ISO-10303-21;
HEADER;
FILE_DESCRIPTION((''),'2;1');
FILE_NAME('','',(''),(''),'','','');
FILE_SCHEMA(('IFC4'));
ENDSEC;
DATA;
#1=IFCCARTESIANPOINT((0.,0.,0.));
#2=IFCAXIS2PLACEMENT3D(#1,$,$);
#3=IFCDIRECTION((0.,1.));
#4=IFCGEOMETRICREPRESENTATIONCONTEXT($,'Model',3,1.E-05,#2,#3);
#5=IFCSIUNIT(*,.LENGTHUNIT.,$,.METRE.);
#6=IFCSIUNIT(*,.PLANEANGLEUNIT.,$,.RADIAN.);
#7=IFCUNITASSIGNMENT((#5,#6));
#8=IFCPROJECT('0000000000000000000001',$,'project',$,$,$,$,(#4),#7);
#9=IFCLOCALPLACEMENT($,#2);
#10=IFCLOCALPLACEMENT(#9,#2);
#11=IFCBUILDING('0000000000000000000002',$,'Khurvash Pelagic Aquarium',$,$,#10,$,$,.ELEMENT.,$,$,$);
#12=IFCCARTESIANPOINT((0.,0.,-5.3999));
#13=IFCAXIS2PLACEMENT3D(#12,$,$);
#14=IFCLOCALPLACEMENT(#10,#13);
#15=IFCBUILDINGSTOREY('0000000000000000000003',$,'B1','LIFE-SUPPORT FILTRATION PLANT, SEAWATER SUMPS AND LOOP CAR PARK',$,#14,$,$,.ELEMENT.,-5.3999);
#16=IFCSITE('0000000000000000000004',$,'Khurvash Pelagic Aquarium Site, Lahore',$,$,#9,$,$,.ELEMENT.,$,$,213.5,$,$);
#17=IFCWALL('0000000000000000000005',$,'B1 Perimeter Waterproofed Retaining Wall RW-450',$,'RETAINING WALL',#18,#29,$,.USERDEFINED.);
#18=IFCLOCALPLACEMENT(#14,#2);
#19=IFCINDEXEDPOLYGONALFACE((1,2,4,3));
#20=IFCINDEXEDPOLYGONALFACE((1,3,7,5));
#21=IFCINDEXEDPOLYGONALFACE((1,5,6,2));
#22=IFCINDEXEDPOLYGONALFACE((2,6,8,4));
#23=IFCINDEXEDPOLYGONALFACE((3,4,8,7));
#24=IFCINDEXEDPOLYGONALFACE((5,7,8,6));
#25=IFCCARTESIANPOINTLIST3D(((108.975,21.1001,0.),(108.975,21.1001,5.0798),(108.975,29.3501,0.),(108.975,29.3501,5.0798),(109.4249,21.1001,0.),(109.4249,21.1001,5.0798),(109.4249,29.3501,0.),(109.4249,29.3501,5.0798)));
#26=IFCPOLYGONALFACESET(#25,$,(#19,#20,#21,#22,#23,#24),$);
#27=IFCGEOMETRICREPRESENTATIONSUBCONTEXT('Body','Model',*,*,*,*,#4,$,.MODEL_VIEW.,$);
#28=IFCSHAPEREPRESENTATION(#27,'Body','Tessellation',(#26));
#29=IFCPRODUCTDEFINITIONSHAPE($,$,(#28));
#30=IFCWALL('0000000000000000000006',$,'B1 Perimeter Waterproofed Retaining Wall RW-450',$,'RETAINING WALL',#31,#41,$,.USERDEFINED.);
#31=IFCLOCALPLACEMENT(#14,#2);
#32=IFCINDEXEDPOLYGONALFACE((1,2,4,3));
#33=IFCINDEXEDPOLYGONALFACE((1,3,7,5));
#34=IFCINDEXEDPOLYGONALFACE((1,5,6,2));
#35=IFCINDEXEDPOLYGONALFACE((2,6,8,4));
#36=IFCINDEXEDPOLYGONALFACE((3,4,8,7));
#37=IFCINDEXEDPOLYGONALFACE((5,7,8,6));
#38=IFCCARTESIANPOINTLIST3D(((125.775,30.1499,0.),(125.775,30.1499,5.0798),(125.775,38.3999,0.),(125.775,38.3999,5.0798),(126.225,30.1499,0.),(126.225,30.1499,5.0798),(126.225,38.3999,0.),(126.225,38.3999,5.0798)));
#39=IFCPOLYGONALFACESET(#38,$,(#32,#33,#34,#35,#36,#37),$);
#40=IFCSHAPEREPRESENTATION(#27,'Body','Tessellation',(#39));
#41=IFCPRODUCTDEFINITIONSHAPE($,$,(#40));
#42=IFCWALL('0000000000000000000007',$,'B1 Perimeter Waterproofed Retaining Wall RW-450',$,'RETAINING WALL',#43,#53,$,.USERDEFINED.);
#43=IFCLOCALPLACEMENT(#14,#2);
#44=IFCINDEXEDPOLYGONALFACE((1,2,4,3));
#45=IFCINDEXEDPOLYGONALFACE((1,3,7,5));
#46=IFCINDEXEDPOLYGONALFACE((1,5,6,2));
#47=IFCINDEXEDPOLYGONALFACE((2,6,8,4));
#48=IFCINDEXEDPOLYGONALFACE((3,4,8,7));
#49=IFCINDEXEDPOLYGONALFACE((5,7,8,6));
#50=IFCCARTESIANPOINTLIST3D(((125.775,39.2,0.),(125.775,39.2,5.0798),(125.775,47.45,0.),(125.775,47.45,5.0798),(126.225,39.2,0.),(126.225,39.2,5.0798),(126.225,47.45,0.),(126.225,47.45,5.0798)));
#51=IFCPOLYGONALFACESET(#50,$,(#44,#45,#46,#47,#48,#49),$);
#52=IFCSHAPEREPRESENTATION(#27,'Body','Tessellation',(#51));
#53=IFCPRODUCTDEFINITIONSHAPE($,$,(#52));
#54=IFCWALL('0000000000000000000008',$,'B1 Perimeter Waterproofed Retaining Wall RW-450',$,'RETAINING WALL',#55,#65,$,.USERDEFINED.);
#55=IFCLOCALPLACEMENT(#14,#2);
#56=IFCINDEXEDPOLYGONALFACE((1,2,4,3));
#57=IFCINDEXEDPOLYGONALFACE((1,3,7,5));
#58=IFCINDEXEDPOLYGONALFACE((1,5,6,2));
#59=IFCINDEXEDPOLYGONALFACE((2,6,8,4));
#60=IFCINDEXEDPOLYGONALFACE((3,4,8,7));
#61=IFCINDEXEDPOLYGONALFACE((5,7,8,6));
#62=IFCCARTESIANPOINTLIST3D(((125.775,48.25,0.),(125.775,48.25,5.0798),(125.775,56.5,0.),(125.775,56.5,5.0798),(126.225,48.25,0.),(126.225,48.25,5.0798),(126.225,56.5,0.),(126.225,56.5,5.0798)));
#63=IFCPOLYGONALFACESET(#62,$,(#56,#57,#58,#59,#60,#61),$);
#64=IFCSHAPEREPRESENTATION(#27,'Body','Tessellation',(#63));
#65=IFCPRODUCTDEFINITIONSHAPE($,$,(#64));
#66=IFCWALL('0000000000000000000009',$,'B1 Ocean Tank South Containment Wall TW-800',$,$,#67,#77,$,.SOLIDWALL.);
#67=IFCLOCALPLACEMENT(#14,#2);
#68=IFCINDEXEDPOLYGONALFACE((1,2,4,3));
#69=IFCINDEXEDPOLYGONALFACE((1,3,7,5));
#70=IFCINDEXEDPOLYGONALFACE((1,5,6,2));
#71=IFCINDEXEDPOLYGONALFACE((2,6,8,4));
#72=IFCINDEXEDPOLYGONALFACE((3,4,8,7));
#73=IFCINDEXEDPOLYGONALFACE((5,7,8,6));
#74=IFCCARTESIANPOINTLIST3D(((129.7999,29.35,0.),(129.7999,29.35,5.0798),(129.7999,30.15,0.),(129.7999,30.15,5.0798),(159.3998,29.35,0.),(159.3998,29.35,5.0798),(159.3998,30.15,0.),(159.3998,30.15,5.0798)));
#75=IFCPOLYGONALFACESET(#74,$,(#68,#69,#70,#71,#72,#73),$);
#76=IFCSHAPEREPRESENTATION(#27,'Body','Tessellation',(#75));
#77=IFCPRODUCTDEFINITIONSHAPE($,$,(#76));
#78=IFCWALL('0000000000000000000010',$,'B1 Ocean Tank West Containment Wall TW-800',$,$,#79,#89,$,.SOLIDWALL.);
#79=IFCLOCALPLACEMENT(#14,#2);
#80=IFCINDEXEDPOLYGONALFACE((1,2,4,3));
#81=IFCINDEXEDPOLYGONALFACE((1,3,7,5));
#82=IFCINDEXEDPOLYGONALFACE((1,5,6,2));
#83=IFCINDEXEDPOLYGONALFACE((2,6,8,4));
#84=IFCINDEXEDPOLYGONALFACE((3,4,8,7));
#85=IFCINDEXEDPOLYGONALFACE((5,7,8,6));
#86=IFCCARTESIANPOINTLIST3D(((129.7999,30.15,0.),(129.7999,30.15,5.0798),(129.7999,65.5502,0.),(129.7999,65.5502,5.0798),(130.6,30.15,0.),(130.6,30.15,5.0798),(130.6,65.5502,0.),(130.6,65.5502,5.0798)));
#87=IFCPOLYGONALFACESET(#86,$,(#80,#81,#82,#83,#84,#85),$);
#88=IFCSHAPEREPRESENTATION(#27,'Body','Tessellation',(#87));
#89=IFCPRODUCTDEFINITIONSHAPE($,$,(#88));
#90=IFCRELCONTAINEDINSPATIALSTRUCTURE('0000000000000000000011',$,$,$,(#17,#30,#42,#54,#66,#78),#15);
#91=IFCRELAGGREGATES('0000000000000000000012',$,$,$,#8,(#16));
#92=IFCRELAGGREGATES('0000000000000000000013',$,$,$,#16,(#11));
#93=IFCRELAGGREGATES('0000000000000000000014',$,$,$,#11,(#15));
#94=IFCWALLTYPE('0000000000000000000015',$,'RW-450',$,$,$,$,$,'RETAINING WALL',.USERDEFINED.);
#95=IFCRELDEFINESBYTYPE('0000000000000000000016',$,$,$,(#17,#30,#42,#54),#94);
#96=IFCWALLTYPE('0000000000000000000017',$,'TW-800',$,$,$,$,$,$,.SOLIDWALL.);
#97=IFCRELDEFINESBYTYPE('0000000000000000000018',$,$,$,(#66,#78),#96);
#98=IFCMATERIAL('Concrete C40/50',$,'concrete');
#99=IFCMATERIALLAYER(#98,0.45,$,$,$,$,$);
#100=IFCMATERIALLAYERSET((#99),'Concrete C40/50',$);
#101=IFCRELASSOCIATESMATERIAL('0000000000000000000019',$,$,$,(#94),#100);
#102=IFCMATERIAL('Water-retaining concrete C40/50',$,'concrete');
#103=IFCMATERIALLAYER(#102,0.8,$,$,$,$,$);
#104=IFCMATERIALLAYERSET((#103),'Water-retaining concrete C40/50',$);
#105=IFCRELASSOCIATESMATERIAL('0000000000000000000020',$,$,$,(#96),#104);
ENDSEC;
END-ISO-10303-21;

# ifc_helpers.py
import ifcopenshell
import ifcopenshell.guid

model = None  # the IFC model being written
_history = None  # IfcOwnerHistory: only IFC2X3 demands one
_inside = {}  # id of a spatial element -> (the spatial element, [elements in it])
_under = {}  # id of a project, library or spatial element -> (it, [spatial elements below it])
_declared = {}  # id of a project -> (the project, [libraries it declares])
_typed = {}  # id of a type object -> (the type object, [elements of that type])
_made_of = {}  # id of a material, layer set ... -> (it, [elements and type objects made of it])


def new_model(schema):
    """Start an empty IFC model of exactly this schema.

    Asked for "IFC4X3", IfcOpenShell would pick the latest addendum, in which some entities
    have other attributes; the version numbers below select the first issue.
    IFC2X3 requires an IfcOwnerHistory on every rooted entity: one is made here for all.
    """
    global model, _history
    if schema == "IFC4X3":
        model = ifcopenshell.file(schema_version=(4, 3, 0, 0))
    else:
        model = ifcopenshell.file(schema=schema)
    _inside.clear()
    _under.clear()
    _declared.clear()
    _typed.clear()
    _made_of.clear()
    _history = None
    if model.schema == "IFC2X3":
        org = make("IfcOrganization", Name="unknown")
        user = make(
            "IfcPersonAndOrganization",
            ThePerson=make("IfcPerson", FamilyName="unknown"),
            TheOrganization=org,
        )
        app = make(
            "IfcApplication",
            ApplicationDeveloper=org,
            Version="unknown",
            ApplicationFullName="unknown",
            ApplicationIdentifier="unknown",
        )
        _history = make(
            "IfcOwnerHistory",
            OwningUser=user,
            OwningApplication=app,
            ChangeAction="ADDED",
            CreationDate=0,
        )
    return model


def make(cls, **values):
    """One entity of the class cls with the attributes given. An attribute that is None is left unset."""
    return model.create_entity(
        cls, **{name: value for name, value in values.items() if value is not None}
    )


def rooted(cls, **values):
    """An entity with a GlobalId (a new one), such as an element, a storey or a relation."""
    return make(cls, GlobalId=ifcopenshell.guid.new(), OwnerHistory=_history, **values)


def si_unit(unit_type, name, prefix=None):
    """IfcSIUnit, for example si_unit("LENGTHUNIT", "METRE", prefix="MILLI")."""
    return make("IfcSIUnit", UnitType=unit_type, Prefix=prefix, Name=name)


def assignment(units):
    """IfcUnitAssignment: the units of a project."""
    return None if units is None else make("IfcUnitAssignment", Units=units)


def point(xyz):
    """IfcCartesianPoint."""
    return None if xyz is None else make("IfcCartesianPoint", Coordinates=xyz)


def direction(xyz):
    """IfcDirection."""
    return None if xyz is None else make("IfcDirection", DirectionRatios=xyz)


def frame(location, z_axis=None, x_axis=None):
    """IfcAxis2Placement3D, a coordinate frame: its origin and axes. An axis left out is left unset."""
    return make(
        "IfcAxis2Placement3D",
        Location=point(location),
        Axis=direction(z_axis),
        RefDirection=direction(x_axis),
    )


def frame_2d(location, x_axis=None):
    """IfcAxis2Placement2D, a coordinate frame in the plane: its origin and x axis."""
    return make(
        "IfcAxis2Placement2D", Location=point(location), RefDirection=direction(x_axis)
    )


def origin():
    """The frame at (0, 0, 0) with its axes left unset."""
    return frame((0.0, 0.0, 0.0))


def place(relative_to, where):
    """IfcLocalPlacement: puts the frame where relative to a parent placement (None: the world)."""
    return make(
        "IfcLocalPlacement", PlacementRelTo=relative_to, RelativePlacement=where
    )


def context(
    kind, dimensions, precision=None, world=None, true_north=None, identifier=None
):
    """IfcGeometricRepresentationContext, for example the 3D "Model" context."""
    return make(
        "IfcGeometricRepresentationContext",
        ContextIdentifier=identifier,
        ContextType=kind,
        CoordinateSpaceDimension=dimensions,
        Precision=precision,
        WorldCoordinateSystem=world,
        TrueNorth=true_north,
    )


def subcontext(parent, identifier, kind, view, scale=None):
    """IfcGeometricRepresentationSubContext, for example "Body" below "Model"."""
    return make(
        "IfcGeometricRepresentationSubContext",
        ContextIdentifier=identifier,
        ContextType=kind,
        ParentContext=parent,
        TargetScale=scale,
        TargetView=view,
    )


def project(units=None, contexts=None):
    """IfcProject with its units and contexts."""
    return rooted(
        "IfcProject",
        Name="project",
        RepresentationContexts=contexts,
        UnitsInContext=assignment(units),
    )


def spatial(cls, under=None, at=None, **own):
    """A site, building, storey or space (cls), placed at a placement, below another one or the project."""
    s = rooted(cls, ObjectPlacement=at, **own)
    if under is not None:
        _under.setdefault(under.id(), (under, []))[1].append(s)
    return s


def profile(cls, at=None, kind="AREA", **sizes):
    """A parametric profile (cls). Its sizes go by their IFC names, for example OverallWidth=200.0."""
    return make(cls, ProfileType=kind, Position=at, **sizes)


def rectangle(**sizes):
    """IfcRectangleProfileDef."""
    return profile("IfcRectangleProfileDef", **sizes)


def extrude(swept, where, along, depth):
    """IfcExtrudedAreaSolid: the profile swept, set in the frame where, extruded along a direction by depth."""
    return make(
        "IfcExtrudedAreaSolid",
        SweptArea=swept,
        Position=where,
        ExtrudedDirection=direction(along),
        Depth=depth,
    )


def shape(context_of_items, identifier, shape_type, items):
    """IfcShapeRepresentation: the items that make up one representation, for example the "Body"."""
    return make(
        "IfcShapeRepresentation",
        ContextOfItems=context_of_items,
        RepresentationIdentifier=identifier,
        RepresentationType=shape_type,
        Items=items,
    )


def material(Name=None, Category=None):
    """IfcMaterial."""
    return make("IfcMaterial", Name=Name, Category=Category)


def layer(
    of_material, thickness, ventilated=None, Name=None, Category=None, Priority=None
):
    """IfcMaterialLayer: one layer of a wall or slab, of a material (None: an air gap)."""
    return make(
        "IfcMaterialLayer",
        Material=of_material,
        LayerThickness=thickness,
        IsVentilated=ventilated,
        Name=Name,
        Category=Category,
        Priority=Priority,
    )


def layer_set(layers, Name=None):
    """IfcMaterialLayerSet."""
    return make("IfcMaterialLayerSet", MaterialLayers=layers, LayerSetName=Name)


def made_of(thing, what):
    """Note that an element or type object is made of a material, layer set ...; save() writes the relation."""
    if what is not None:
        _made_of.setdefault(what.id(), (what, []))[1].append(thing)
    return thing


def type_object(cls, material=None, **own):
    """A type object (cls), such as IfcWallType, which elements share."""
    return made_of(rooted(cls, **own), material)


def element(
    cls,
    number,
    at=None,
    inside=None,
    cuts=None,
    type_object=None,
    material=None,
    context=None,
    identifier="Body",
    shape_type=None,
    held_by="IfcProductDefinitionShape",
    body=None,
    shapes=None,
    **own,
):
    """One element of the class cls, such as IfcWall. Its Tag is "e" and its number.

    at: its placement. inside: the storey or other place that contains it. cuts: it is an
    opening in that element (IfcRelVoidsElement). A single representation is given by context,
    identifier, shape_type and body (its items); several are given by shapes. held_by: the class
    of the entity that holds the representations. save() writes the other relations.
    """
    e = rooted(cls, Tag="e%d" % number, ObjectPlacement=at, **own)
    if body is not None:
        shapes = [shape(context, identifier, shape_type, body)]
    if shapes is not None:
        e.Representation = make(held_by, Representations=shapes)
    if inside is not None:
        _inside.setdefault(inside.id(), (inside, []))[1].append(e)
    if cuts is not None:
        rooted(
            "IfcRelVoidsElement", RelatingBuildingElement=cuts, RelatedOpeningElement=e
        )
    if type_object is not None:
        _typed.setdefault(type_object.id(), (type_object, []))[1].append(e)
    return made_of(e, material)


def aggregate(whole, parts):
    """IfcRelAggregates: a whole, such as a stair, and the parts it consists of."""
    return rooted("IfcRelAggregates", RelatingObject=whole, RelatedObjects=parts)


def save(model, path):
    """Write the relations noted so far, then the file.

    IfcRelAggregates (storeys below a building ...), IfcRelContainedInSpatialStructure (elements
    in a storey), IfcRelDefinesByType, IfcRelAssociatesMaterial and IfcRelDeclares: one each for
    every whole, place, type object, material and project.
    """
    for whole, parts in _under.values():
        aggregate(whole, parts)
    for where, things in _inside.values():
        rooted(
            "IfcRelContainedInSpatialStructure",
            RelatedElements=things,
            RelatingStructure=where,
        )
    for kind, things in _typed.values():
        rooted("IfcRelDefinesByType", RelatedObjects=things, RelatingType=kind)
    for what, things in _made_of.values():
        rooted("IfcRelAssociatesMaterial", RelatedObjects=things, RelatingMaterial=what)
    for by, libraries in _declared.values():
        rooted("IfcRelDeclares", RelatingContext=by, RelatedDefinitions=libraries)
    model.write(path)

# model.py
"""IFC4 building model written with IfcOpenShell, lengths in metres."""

from ifc_helpers import new_model, si_unit, direction, frame, frame_2d, origin, place, context, subcontext, project, spatial, rectangle, extrude, material, layer, layer_set, type_object, element, save


model = new_model("IFC4")

# Units and contexts
model_context = context("Model", 3, precision=1e-05, world=origin(), true_north=direction((0.0, 1.0)))
body_context = subcontext(model_context, "Body", "Model", "MODEL_VIEW")
ifc_project = project(units=[si_unit("LENGTHUNIT", "METRE"), si_unit("PLANEANGLEUNIT", "RADIAN")], contexts=[model_context])

# Site, building, storey
site_placement = place(None, origin())
site = spatial("IfcSite", under=ifc_project, at=site_placement, Name="Khurvash Pelagic Aquarium Site, Lahore", CompositionType="ELEMENT", RefElevation=213.5)
building_placement = place(site_placement, origin())
building = spatial("IfcBuilding", under=site, at=building_placement, Name="Khurvash Pelagic Aquarium", CompositionType="ELEMENT")
storey_placement = place(building_placement, frame((0.0, 0.0, -5.3999)))
storey = spatial("IfcBuildingStorey", under=building, at=storey_placement, Name="B1", Description="LIFE-SUPPORT FILTRATION PLANT, SEAWATER SUMPS AND LOOP CAR PARK", CompositionType="ELEMENT", Elevation=-5.3999)

# Shared definitions
ifc_material_1 = material(Name="Concrete C40/50", Category="concrete")
ifc_material_2 = material(Name="Water-retaining concrete C40/50", Category="concrete")

# Walls
ifc_layer_1 = layer(ifc_material_1, 0.45)
ifc_layer_set_1 = layer_set([ifc_layer_1], Name="Concrete C40/50")
wall_type_1 = type_object("IfcWallType", Name="RW-450", ElementType="RETAINING WALL", PredefinedType="USERDEFINED", material=ifc_layer_set_1)
for number, where, z_axis, x_axis, name in (
    (1, (109.2, 29.3501, 0.0), (0.0, 0.0, 1.0), (0.0, -1.0, 0.0), "B1 Perimeter Waterproofed Retaining Wall RW-450"),
    (2, (126.0, 30.1499, 0.0), (0.0, 0.0, 1.0), (0.0, 1.0, 0.0), "B1 Perimeter Waterproofed Retaining Wall RW-450"),
    (3, (126.0, 39.2, 0.0), (0.0, 0.0, 1.0), (0.0, 1.0, 0.0), "B1 Perimeter Waterproofed Retaining Wall RW-450"),
    (4, (126.0, 48.25, 0.0), (0.0, 0.0, 1.0), (0.0, 1.0, 0.0), "B1 Perimeter Waterproofed Retaining Wall RW-450"),
):
    element("IfcWall", number, at=place(storey_placement, frame(where, z_axis=z_axis, x_axis=x_axis)), inside=storey, type_object=wall_type_1, Name=name, ObjectType="RETAINING WALL", PredefinedType="USERDEFINED", context=body_context, shape_type="SweptSolid", body=[
        extrude(rectangle(XDim=8.25, YDim=0.45, at=frame_2d((4.125, 0.0))), origin(), (0.0, 0.0, 1.0), 5.0798),
    ])
ifc_layer_2 = layer(ifc_material_2, 0.8)
ifc_layer_set_2 = layer_set([ifc_layer_2], Name="Water-retaining concrete C40/50")
wall_type_2 = type_object("IfcWallType", Name="TW-800", PredefinedType="SOLIDWALL", material=ifc_layer_set_2)
wall_1_placement = place(storey_placement, frame((129.8, 29.75, 0.0), z_axis=(0.0, 0.0, 1.0), x_axis=(1.0, 0.0, 0.0)))
element("IfcWall", 5, at=wall_1_placement, inside=storey, type_object=wall_type_2, Name="B1 Ocean Tank South Containment Wall TW-800", PredefinedType="SOLIDWALL", context=body_context, shape_type="SweptSolid", body=[
    extrude(rectangle(XDim=29.5999, YDim=0.8, at=frame_2d((14.7998, 0.0))), origin(), (0.0, 0.0, 1.0), 5.0798),
])
wall_2_placement = place(storey_placement, frame((130.2, 30.1499, 0.0), z_axis=(0.0, 0.0, 1.0), x_axis=(0.0, 1.0, 0.0)))
element("IfcWall", 6, at=wall_2_placement, inside=storey, type_object=wall_type_2, Name="B1 Ocean Tank West Containment Wall TW-800", PredefinedType="SOLIDWALL", context=body_context, shape_type="SweptSolid", body=[
    extrude(rectangle(XDim=35.4001, YDim=0.8, at=frame_2d((17.7002, 0.0))), origin(), (0.0, 0.0, 1.0), 5.0798),
])

save(model, "model.ifc")
